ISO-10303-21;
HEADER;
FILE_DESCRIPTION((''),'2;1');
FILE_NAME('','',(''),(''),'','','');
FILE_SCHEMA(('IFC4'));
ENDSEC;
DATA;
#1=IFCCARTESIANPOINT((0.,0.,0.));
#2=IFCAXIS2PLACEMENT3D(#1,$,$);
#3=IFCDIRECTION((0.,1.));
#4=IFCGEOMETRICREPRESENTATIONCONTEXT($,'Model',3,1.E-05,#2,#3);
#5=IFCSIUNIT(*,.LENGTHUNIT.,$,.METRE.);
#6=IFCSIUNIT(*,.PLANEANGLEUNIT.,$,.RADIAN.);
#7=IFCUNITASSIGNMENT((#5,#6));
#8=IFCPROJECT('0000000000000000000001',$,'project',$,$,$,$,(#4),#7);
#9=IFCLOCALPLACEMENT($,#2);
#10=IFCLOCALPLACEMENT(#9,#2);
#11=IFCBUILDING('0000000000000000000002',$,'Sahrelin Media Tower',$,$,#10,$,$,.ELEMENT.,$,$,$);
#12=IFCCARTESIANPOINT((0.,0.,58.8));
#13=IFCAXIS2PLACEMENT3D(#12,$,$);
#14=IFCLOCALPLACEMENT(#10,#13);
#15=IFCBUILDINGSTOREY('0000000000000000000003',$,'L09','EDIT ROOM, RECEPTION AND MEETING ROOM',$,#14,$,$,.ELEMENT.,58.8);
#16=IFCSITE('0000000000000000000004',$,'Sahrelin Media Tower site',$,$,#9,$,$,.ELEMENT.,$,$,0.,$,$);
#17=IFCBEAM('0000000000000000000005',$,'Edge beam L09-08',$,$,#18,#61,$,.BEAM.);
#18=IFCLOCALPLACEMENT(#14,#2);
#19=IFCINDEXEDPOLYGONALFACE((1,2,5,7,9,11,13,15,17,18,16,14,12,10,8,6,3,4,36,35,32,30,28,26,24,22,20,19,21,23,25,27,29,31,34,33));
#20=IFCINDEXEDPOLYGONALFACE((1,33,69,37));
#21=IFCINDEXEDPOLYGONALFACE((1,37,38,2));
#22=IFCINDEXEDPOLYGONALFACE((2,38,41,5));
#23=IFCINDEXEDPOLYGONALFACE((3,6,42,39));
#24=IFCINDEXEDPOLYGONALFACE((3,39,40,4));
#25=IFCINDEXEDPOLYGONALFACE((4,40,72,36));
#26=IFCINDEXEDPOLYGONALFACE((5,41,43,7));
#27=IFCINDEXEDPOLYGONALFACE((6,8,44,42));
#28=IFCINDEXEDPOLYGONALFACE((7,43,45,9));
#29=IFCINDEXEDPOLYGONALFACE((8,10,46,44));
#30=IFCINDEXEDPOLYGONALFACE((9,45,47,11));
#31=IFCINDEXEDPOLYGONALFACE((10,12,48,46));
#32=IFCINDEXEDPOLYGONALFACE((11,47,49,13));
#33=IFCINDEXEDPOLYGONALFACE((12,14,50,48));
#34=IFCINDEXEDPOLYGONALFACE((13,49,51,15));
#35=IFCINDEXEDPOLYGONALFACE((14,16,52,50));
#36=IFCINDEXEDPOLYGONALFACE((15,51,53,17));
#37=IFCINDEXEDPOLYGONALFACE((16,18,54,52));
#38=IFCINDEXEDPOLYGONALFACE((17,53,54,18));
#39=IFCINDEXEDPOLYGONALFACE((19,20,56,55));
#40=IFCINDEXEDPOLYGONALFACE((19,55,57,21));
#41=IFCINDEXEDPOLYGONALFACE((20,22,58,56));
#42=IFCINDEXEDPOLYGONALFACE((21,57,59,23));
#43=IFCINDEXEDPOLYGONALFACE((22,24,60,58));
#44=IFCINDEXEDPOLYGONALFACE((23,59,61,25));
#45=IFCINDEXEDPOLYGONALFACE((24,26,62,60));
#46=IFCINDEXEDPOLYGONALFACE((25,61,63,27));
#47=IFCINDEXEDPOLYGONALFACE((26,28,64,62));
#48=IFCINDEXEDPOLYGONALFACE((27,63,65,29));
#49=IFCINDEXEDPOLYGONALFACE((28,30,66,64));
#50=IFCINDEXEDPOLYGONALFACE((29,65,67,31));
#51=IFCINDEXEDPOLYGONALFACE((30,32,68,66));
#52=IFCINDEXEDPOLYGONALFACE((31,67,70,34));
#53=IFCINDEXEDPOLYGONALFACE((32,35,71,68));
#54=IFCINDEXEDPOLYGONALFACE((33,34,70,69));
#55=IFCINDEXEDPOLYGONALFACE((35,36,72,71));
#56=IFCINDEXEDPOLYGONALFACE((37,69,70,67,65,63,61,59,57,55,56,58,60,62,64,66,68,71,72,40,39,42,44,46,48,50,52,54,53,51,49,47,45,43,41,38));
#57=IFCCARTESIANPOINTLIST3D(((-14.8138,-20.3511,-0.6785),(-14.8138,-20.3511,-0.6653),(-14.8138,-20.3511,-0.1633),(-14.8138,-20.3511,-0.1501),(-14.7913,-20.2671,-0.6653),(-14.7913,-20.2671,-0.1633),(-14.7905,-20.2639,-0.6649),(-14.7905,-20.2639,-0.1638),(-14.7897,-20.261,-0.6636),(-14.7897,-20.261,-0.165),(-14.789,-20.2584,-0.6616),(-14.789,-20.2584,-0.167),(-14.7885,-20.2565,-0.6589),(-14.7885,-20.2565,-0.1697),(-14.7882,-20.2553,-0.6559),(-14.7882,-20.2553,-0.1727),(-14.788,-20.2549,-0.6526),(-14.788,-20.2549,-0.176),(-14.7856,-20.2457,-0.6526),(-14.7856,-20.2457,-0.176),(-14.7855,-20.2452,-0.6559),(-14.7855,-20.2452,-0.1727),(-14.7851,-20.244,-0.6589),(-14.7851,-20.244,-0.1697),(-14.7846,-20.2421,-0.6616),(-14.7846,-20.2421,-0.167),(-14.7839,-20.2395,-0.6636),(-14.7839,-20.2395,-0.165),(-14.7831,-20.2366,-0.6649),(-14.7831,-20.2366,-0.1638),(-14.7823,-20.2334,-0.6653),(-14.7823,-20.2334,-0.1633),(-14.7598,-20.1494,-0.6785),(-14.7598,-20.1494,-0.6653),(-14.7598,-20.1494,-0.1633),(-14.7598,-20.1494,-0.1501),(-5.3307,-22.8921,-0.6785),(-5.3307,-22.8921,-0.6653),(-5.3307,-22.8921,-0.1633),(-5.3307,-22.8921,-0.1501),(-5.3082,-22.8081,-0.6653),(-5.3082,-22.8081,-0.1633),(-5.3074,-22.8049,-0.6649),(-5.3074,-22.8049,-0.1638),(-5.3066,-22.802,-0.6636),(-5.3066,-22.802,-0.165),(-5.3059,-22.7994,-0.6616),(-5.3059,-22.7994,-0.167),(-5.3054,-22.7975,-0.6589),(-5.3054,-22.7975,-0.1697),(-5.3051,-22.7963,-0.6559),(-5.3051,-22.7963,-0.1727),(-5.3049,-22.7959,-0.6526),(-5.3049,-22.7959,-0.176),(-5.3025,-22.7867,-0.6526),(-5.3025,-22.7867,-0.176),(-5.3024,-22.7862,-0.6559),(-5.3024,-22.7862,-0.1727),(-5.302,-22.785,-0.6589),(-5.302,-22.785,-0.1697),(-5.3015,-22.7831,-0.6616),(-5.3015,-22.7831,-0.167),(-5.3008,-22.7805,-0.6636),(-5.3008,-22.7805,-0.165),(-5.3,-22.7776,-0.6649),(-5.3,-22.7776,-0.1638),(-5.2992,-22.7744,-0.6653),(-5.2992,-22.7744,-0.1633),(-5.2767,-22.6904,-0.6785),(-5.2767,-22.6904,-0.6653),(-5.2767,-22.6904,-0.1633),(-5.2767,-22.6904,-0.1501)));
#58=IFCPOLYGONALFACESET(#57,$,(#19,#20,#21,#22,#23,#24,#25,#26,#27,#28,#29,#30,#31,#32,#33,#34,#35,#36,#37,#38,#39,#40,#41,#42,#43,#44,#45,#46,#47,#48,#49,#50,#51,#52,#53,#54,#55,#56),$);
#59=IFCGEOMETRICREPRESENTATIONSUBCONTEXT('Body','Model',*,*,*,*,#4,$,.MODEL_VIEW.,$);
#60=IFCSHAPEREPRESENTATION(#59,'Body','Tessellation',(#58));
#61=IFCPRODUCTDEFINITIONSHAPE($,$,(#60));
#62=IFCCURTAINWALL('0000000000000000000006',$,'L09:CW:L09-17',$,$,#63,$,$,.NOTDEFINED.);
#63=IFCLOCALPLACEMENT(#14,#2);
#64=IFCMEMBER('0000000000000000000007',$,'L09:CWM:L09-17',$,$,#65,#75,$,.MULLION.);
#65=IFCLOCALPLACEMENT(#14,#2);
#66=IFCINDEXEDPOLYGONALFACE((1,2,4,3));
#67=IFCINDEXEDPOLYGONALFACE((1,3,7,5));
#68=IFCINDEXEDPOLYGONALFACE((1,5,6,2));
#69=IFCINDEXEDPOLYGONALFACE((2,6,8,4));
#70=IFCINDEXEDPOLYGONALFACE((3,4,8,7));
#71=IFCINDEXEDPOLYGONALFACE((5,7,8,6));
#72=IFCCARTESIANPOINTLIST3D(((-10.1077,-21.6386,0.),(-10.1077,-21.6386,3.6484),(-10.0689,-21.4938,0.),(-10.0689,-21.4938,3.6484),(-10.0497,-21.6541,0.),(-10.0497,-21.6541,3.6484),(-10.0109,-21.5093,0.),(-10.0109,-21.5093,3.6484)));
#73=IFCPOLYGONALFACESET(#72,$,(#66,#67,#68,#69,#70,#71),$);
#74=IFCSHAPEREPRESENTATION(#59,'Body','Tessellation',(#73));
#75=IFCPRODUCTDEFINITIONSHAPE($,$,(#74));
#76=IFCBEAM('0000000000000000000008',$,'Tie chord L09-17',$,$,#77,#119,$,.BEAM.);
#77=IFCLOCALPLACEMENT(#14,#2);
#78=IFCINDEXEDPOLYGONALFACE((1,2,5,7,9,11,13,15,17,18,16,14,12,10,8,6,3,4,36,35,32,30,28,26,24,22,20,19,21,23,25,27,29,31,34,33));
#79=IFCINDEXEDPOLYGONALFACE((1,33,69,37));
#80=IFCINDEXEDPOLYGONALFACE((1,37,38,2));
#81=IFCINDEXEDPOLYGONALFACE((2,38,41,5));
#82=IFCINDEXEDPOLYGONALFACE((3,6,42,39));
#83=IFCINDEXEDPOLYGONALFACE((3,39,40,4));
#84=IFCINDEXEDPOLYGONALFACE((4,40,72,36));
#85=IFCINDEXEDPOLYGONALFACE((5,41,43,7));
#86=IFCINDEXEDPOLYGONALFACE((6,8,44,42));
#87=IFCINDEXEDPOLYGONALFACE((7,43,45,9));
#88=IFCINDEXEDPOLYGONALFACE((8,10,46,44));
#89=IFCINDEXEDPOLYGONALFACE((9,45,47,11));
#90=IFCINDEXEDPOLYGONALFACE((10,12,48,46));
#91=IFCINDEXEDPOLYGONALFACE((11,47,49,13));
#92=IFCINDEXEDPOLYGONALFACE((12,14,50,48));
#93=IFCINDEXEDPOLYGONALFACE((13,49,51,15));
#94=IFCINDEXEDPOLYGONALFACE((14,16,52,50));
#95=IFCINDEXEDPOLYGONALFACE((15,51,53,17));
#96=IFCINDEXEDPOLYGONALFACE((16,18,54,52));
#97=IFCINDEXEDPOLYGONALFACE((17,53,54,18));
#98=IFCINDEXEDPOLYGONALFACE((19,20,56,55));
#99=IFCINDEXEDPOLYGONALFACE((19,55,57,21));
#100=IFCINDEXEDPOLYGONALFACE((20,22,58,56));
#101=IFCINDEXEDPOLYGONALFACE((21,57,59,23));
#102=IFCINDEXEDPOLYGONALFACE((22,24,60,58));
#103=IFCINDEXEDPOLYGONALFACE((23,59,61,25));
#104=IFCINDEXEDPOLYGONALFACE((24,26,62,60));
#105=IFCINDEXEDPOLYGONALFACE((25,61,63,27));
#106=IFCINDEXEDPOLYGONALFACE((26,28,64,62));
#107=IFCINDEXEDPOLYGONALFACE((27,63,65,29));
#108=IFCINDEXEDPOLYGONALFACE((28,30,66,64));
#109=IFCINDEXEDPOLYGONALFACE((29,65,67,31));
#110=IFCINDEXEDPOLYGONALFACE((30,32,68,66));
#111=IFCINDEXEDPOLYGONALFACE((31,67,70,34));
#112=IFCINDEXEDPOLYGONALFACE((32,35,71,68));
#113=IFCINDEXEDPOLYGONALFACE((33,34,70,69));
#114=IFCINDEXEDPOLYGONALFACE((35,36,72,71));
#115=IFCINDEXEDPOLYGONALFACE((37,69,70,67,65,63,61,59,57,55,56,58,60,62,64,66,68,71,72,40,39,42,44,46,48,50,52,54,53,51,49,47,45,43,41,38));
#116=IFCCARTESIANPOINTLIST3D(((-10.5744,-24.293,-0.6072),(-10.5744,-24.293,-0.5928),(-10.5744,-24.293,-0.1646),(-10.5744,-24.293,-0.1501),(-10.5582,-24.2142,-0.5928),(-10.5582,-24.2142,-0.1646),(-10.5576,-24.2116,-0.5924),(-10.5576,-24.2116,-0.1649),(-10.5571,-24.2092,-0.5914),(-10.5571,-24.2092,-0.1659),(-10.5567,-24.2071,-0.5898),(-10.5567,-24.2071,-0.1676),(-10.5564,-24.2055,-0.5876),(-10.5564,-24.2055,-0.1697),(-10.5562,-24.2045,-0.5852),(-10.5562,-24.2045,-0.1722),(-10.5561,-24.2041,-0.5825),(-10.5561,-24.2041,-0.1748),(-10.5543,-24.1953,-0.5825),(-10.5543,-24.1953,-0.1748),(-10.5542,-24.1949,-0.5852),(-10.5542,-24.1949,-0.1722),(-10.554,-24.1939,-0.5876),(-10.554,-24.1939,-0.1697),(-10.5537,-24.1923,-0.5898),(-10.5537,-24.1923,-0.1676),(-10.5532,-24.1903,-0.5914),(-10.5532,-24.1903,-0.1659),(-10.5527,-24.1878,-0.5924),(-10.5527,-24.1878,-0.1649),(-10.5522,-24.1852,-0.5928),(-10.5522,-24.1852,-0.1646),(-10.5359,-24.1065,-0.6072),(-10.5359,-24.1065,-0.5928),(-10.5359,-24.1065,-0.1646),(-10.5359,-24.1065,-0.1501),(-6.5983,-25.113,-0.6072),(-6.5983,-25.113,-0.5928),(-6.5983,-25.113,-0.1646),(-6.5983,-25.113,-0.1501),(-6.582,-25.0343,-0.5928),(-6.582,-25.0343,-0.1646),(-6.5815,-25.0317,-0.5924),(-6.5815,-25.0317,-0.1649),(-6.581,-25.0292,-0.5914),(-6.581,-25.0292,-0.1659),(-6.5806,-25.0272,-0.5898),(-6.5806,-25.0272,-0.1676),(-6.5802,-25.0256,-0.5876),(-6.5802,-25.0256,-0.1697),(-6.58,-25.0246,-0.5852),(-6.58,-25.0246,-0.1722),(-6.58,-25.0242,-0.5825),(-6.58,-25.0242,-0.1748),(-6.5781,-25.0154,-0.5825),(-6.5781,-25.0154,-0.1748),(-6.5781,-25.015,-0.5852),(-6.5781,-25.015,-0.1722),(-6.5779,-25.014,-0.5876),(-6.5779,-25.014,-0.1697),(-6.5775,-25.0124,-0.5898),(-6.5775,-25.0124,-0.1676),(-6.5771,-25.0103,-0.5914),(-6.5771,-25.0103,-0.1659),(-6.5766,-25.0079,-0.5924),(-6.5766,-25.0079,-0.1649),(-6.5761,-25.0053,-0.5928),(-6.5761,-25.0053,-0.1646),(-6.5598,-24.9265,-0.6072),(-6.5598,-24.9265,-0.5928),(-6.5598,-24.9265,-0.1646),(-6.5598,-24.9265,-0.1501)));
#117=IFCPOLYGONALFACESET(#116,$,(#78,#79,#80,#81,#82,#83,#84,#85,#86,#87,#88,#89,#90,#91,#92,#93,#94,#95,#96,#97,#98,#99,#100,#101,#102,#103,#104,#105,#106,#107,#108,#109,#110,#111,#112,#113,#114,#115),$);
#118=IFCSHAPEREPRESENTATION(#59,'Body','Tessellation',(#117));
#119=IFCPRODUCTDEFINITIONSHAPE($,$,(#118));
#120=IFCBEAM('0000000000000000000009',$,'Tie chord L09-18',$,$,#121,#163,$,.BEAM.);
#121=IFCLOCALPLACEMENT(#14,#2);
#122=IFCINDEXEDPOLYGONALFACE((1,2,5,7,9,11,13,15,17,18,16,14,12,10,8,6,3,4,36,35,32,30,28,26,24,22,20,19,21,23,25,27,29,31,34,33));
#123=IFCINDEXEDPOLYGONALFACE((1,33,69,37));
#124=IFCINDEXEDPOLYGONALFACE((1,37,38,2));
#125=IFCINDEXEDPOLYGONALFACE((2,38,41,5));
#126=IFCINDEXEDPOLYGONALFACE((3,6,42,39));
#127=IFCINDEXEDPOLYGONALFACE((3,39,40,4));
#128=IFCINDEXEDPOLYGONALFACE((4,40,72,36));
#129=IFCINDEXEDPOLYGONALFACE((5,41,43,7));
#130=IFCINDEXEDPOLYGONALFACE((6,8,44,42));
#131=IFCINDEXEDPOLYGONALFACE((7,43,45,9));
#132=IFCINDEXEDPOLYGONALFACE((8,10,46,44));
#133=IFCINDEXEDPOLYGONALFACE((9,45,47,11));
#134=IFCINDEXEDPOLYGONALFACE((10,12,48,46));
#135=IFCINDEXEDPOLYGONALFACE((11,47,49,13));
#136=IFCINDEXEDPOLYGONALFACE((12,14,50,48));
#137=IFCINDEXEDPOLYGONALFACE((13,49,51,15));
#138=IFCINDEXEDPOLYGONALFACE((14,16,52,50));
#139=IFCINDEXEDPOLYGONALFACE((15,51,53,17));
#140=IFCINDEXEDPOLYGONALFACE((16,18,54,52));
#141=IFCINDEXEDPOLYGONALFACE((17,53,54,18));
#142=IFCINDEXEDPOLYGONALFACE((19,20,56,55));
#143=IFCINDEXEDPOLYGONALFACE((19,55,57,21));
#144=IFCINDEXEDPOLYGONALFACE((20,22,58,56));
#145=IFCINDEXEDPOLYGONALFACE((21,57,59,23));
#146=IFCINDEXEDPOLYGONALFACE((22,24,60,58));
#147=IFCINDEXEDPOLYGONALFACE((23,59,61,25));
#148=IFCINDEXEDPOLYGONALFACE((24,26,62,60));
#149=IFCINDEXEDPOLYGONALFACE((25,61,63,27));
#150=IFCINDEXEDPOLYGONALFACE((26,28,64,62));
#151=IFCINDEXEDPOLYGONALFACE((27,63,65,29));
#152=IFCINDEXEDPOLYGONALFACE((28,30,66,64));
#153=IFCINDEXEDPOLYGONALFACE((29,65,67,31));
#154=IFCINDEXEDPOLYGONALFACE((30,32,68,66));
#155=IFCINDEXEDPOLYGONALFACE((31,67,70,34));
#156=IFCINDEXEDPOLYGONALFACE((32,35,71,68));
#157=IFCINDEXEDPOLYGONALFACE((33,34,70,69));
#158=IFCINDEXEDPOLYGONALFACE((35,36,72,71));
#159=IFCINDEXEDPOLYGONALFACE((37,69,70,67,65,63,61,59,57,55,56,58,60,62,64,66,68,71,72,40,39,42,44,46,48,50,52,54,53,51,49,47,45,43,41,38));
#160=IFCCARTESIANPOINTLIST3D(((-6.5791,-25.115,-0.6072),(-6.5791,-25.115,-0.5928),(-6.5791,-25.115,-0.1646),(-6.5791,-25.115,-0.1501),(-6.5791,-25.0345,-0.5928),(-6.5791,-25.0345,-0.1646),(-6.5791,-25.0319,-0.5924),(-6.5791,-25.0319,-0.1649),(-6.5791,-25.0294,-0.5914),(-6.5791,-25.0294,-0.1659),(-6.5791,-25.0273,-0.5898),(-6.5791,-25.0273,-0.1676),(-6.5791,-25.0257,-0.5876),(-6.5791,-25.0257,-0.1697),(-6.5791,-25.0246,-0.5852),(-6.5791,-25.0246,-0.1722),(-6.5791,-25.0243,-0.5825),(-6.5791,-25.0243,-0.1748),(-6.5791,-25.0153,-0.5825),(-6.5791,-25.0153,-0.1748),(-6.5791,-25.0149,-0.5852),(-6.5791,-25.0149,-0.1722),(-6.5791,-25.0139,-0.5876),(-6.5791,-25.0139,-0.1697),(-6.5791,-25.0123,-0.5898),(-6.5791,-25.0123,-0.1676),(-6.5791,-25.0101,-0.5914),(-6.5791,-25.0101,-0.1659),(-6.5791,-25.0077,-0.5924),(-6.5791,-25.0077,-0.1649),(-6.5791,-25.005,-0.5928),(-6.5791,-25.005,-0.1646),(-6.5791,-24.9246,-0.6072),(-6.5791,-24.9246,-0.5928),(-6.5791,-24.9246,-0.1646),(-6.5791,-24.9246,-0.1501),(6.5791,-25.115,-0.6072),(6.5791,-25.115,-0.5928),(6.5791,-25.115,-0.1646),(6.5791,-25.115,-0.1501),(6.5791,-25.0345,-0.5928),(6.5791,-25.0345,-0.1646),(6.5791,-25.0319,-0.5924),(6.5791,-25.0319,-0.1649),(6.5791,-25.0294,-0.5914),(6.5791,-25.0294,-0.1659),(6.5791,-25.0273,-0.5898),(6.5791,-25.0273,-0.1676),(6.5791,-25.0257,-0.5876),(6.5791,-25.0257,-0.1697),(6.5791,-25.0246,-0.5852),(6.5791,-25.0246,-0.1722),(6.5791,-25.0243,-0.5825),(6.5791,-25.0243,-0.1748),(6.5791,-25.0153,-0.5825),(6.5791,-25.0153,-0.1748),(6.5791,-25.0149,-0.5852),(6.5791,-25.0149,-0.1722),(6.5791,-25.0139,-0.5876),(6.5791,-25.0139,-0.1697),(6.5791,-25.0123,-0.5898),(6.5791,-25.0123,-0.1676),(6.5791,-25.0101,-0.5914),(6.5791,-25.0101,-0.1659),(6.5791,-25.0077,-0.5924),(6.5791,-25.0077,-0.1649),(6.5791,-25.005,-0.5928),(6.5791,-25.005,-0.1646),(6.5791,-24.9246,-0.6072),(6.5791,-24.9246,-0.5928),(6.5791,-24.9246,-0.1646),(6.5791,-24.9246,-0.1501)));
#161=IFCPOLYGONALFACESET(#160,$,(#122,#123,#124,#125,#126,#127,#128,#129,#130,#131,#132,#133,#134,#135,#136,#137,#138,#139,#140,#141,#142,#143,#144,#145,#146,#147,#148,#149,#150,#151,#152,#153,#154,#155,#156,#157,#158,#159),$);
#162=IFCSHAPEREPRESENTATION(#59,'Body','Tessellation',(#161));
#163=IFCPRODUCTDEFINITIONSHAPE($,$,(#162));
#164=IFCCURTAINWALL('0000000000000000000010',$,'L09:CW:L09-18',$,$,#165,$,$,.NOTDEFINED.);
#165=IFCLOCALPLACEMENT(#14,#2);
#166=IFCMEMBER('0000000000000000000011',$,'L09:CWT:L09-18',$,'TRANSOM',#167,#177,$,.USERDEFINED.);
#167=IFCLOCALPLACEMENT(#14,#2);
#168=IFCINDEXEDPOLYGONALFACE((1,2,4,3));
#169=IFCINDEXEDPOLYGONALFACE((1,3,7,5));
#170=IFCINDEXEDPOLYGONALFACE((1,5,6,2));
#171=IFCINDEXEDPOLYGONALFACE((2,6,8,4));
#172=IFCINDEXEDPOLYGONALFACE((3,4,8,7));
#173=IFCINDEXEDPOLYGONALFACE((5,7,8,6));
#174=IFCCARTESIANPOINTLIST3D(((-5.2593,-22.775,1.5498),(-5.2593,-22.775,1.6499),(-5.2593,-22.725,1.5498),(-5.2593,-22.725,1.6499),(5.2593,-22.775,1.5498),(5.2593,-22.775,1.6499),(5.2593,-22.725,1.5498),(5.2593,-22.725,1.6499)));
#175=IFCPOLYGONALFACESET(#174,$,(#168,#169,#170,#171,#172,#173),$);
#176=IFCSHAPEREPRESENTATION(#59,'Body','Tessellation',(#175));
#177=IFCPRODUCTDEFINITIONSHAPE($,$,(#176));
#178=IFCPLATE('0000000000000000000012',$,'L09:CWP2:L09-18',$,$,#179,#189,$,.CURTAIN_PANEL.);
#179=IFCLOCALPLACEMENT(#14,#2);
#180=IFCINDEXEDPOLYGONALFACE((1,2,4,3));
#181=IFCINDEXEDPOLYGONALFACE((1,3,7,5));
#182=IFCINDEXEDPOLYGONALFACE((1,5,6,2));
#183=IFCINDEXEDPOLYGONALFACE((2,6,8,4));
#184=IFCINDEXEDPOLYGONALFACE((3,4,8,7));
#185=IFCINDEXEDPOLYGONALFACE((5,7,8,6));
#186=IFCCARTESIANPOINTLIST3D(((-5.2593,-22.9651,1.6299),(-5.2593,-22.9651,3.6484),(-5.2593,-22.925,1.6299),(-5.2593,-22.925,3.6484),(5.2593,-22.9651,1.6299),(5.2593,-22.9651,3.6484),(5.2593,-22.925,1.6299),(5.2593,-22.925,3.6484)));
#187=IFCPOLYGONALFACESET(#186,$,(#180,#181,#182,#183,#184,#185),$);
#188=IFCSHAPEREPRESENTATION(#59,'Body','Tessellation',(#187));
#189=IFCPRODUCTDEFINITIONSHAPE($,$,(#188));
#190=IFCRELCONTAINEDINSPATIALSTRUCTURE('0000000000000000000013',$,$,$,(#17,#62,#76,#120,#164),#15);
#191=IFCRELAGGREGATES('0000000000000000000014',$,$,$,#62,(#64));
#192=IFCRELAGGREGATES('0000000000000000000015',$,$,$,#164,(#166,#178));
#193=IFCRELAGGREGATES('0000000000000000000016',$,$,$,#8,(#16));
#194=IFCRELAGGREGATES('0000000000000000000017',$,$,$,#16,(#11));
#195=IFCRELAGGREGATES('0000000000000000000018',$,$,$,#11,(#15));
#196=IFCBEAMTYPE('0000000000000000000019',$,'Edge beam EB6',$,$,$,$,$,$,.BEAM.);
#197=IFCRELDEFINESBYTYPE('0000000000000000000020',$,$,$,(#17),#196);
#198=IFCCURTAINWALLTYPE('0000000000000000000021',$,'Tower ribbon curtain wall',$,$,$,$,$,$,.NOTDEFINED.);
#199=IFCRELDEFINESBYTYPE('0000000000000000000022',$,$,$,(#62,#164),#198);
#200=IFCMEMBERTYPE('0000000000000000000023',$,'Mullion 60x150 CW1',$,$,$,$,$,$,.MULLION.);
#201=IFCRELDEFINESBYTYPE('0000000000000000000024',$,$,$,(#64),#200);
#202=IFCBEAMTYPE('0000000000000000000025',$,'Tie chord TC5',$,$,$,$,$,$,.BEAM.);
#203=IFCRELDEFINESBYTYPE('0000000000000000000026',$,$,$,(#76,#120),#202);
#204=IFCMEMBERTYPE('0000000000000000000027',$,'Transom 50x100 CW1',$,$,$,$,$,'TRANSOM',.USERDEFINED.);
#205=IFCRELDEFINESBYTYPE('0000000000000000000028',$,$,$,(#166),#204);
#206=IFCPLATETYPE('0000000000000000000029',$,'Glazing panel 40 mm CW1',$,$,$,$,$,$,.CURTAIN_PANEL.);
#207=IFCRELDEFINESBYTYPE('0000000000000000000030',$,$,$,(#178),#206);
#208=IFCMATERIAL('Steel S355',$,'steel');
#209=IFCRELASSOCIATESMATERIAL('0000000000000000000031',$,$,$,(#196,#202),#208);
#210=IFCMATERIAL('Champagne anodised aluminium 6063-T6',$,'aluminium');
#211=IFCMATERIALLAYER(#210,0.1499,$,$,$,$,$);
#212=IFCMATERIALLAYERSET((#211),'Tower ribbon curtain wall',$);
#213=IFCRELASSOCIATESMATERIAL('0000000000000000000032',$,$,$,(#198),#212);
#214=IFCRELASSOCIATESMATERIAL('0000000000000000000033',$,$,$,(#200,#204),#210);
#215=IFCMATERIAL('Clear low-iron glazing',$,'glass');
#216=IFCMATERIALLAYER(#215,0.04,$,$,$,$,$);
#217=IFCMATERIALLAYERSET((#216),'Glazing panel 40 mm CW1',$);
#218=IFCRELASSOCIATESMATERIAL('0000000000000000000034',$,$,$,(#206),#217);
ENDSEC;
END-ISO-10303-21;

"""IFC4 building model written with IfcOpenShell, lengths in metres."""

from ifc_helpers import new_model, si_unit, direction, frame, origin, origin_2d, place, context, subcontext, project, spatial, polyline, rectangle, i_section, outline, extrude, material, layer, layer_set, material_profile, profile_set, type_object, element, aggregate, save


model = new_model("IFC4")

# Units and contexts
model_context = context("Model", 3, precision=1e-05, world=origin(), true_north=direction((0.0, 1.0)))
body_context = subcontext(model_context, "Body", "Model", "MODEL_VIEW")
ifc_project = project(units=[si_unit("LENGTHUNIT", "METRE"), si_unit("PLANEANGLEUNIT", "RADIAN")], contexts=[model_context])

# Site, building, storey
site_placement = place(None, origin())
site = spatial("IfcSite", under=ifc_project, at=site_placement, Name="Sahrelin Media Tower site", CompositionType="ELEMENT", RefElevation=0.0)
building_placement = place(site_placement, origin())
building = spatial("IfcBuilding", under=site, at=building_placement, Name="Sahrelin Media Tower", CompositionType="ELEMENT")
storey_placement = place(building_placement, frame((0.0, 0.0, 58.8)))
storey = spatial("IfcBuildingStorey", under=building, at=storey_placement, Name="L09", Description="EDIT ROOM, RECEPTION AND MEETING ROOM", CompositionType="ELEMENT", Elevation=58.8)

# Beam
ifc_material_1 = material(Name="Steel S355", Category="steel")
ifc_material_profile_1 = material_profile(ifc_material_1, i_section(OverallWidth=0.2087, OverallDepth=0.5283, WebThickness=0.0095, FlangeThickness=0.0132, FilletRadius=0.0127, at=origin_2d()), Name="UB 533x210x82")
ifc_profile_set_1 = profile_set([ifc_material_profile_1], Name="Steel S355")
beam_type_1 = type_object("IfcBeamType", Name="Edge beam EB6", PredefinedType="BEAM", material=ifc_profile_set_1)
beam_1_placement = place(storey_placement, frame((-5.3037, -22.7913, -0.4143), z_axis=(-0.965926, 0.25882, 0.0), x_axis=(-0.25882, -0.965926, 0.0)))
element("IfcBeam", 1, at=beam_1_placement, inside=storey, type_object=beam_type_1, Name="Edge beam L09-08", PredefinedType="BEAM", context=body_context, shape_type="SweptSolid", body=[
    extrude(i_section(OverallWidth=0.2087, OverallDepth=0.5283, WebThickness=0.0095, FlangeThickness=0.0132, FilletRadius=0.0127, at=origin_2d()), origin(), (0.0, 0.0, 1.0), 9.8176),
])

# Curtain wall, member
ifc_material_2 = material(Name="Champagne anodised aluminium 6063-T6", Category="aluminium")
ifc_layer_1 = layer(ifc_material_2, 0.1499)
ifc_layer_set_1 = layer_set([ifc_layer_1], Name="Tower ribbon curtain wall")
curtain_wall_type = type_object("IfcCurtainWallType", Name="Tower ribbon curtain wall", PredefinedType="NOTDEFINED", material=ifc_layer_set_1)
curtain_wall_1_placement = place(storey_placement, frame((-10.084, -21.6658, 0.0), z_axis=(0.0, 0.0, 1.0), x_axis=(1.0, 0.0, 0.0)))
curtain_wall_1 = element("IfcCurtainWall", 2, at=curtain_wall_1_placement, inside=storey, type_object=curtain_wall_type, Name="L09:CW:L09-17", PredefinedType="NOTDEFINED")
ifc_material_profile_2 = material_profile(ifc_material_2, rectangle(XDim=0.0601, YDim=0.1499, at=origin_2d()), Name="Mullion 60x150")
ifc_profile_set_2 = profile_set([ifc_material_profile_2], Name="Champagne anodised aluminium 6063-T6")
member_type_1 = type_object("IfcMemberType", Name="Mullion 60x150 CW1", PredefinedType="MULLION", material=ifc_profile_set_2)
member_1_placement = place(storey_placement, frame((-10.0593, -21.574, 0.0), z_axis=(0.0, 0.0, 1.0), x_axis=(0.965924, -0.258824, 0.0)))
member_1 = element("IfcMember", 3, at=member_1_placement, type_object=member_type_1, Name="L09:CWM:L09-17", PredefinedType="MULLION", context=body_context, shape_type="SweptSolid", body=[
    extrude(rectangle(XDim=0.0601, YDim=0.1499, at=origin_2d()), origin(), (0.0, 0.0, 1.0), 3.6484),
])
aggregate(curtain_wall_1, [member_1])

# Beams
ifc_material_profile_3 = material_profile(ifc_material_1, i_section(OverallWidth=0.1904, OverallDepth=0.457, WebThickness=0.009, FlangeThickness=0.0144, FilletRadius=0.0103, at=origin_2d()), Name="UB 457x191x74")
ifc_profile_set_3 = profile_set([ifc_material_profile_3], Name="Steel S355")
beam_type_2 = type_object("IfcBeamType", Name="Tie chord TC5", PredefinedType="BEAM", material=ifc_profile_set_3)
beam_2_placement = place(storey_placement, frame((-10.5552, -24.1997, -0.3787), z_axis=(0.979386, -0.201999, 0.0), x_axis=(0.201999, 0.979386, 0.0)))
element("IfcBeam", 4, at=beam_2_placement, inside=storey, type_object=beam_type_2, Name="Tie chord L09-17", PredefinedType="BEAM", context=body_context, shape_type="SweptSolid", body=[
    extrude(i_section(OverallWidth=0.1904, OverallDepth=0.457, WebThickness=0.009, FlangeThickness=0.0144, FilletRadius=0.0103, at=origin_2d()), origin(), (0.0, 0.0, 1.0), 4.0598),
])
beam_3_placement = place(storey_placement, frame((-6.5791, -25.0198, -0.3787), z_axis=(1.0, 0.0, 0.0), x_axis=(0.0, 1.0, 0.0)))
element("IfcBeam", 5, at=beam_3_placement, inside=storey, type_object=beam_type_2, Name="Tie chord L09-18", PredefinedType="BEAM", context=body_context, shape_type="SweptSolid", body=[
    extrude(i_section(OverallWidth=0.1904, OverallDepth=0.457, WebThickness=0.009, FlangeThickness=0.0144, FilletRadius=0.0103, at=origin_2d()), origin(), (0.0, 0.0, 1.0), 13.1582),
])

# Curtain wall, member, plate
curtain_wall_2_placement = place(storey_placement, frame((0.0, -22.9451, 0.0), z_axis=(0.0, 0.0, 1.0), x_axis=(1.0, 0.0, 0.0)))
curtain_wall_2 = element("IfcCurtainWall", 6, at=curtain_wall_2_placement, inside=storey, type_object=curtain_wall_type, Name="L09:CW:L09-18", PredefinedType="NOTDEFINED")
ifc_material_profile_4 = material_profile(ifc_material_2, rectangle(XDim=0.05, YDim=0.1001, at=origin_2d()), Name="Transom 50x100")
ifc_profile_set_4 = profile_set([ifc_material_profile_4], Name="Champagne anodised aluminium 6063-T6")
member_type_2 = type_object("IfcMemberType", Name="Transom 50x100 CW1", ElementType="TRANSOM", PredefinedType="USERDEFINED", material=ifc_profile_set_4)
member_2_placement = place(storey_placement, frame((-5.2593, -22.75, 1.5999), z_axis=(1.0, 0.0, 0.0), x_axis=(0.0, 1.0, 0.0)))
member_2 = element("IfcMember", 7, at=member_2_placement, type_object=member_type_2, Name="L09:CWT:L09-18", ObjectType="TRANSOM", PredefinedType="USERDEFINED", context=body_context, shape_type="SweptSolid", body=[
    extrude(rectangle(XDim=0.05, YDim=0.1001, at=origin_2d()), origin(), (0.0, 0.0, 1.0), 10.5186),
])
ifc_material_3 = material(Name="Clear low-iron glazing", Category="glass")
ifc_layer_2 = layer(ifc_material_3, 0.04)
ifc_layer_set_2 = layer_set([ifc_layer_2], Name="Glazing panel 40 mm CW1")
plate_type_1 = type_object("IfcPlateType", Name="Glazing panel 40 mm CW1", PredefinedType="CURTAIN_PANEL", material=ifc_layer_set_2)
plate_1_placement = place(storey_placement, frame((-5.2593, -22.9651, 1.6299), z_axis=(0.0, -1.0, 0.0), x_axis=(1.0, 0.0, 0.0)))
plate_1 = element("IfcPlate", 8, at=plate_1_placement, type_object=plate_type_1, Name="L09:CWP2:L09-18", PredefinedType="CURTAIN_PANEL", context=body_context, shape_type="SweptSolid", body=[
    extrude(outline(polyline([(0.0, 0.0), (10.5186, 0.0), (10.5186, 2.0186), (0.0, 2.0186), (0.0, 0.0)])), origin(), (0.0, 0.0, -1.0), 0.04),
])
aggregate(curtain_wall_2, [member_2, plate_1])

save(model, "model.ifc")
